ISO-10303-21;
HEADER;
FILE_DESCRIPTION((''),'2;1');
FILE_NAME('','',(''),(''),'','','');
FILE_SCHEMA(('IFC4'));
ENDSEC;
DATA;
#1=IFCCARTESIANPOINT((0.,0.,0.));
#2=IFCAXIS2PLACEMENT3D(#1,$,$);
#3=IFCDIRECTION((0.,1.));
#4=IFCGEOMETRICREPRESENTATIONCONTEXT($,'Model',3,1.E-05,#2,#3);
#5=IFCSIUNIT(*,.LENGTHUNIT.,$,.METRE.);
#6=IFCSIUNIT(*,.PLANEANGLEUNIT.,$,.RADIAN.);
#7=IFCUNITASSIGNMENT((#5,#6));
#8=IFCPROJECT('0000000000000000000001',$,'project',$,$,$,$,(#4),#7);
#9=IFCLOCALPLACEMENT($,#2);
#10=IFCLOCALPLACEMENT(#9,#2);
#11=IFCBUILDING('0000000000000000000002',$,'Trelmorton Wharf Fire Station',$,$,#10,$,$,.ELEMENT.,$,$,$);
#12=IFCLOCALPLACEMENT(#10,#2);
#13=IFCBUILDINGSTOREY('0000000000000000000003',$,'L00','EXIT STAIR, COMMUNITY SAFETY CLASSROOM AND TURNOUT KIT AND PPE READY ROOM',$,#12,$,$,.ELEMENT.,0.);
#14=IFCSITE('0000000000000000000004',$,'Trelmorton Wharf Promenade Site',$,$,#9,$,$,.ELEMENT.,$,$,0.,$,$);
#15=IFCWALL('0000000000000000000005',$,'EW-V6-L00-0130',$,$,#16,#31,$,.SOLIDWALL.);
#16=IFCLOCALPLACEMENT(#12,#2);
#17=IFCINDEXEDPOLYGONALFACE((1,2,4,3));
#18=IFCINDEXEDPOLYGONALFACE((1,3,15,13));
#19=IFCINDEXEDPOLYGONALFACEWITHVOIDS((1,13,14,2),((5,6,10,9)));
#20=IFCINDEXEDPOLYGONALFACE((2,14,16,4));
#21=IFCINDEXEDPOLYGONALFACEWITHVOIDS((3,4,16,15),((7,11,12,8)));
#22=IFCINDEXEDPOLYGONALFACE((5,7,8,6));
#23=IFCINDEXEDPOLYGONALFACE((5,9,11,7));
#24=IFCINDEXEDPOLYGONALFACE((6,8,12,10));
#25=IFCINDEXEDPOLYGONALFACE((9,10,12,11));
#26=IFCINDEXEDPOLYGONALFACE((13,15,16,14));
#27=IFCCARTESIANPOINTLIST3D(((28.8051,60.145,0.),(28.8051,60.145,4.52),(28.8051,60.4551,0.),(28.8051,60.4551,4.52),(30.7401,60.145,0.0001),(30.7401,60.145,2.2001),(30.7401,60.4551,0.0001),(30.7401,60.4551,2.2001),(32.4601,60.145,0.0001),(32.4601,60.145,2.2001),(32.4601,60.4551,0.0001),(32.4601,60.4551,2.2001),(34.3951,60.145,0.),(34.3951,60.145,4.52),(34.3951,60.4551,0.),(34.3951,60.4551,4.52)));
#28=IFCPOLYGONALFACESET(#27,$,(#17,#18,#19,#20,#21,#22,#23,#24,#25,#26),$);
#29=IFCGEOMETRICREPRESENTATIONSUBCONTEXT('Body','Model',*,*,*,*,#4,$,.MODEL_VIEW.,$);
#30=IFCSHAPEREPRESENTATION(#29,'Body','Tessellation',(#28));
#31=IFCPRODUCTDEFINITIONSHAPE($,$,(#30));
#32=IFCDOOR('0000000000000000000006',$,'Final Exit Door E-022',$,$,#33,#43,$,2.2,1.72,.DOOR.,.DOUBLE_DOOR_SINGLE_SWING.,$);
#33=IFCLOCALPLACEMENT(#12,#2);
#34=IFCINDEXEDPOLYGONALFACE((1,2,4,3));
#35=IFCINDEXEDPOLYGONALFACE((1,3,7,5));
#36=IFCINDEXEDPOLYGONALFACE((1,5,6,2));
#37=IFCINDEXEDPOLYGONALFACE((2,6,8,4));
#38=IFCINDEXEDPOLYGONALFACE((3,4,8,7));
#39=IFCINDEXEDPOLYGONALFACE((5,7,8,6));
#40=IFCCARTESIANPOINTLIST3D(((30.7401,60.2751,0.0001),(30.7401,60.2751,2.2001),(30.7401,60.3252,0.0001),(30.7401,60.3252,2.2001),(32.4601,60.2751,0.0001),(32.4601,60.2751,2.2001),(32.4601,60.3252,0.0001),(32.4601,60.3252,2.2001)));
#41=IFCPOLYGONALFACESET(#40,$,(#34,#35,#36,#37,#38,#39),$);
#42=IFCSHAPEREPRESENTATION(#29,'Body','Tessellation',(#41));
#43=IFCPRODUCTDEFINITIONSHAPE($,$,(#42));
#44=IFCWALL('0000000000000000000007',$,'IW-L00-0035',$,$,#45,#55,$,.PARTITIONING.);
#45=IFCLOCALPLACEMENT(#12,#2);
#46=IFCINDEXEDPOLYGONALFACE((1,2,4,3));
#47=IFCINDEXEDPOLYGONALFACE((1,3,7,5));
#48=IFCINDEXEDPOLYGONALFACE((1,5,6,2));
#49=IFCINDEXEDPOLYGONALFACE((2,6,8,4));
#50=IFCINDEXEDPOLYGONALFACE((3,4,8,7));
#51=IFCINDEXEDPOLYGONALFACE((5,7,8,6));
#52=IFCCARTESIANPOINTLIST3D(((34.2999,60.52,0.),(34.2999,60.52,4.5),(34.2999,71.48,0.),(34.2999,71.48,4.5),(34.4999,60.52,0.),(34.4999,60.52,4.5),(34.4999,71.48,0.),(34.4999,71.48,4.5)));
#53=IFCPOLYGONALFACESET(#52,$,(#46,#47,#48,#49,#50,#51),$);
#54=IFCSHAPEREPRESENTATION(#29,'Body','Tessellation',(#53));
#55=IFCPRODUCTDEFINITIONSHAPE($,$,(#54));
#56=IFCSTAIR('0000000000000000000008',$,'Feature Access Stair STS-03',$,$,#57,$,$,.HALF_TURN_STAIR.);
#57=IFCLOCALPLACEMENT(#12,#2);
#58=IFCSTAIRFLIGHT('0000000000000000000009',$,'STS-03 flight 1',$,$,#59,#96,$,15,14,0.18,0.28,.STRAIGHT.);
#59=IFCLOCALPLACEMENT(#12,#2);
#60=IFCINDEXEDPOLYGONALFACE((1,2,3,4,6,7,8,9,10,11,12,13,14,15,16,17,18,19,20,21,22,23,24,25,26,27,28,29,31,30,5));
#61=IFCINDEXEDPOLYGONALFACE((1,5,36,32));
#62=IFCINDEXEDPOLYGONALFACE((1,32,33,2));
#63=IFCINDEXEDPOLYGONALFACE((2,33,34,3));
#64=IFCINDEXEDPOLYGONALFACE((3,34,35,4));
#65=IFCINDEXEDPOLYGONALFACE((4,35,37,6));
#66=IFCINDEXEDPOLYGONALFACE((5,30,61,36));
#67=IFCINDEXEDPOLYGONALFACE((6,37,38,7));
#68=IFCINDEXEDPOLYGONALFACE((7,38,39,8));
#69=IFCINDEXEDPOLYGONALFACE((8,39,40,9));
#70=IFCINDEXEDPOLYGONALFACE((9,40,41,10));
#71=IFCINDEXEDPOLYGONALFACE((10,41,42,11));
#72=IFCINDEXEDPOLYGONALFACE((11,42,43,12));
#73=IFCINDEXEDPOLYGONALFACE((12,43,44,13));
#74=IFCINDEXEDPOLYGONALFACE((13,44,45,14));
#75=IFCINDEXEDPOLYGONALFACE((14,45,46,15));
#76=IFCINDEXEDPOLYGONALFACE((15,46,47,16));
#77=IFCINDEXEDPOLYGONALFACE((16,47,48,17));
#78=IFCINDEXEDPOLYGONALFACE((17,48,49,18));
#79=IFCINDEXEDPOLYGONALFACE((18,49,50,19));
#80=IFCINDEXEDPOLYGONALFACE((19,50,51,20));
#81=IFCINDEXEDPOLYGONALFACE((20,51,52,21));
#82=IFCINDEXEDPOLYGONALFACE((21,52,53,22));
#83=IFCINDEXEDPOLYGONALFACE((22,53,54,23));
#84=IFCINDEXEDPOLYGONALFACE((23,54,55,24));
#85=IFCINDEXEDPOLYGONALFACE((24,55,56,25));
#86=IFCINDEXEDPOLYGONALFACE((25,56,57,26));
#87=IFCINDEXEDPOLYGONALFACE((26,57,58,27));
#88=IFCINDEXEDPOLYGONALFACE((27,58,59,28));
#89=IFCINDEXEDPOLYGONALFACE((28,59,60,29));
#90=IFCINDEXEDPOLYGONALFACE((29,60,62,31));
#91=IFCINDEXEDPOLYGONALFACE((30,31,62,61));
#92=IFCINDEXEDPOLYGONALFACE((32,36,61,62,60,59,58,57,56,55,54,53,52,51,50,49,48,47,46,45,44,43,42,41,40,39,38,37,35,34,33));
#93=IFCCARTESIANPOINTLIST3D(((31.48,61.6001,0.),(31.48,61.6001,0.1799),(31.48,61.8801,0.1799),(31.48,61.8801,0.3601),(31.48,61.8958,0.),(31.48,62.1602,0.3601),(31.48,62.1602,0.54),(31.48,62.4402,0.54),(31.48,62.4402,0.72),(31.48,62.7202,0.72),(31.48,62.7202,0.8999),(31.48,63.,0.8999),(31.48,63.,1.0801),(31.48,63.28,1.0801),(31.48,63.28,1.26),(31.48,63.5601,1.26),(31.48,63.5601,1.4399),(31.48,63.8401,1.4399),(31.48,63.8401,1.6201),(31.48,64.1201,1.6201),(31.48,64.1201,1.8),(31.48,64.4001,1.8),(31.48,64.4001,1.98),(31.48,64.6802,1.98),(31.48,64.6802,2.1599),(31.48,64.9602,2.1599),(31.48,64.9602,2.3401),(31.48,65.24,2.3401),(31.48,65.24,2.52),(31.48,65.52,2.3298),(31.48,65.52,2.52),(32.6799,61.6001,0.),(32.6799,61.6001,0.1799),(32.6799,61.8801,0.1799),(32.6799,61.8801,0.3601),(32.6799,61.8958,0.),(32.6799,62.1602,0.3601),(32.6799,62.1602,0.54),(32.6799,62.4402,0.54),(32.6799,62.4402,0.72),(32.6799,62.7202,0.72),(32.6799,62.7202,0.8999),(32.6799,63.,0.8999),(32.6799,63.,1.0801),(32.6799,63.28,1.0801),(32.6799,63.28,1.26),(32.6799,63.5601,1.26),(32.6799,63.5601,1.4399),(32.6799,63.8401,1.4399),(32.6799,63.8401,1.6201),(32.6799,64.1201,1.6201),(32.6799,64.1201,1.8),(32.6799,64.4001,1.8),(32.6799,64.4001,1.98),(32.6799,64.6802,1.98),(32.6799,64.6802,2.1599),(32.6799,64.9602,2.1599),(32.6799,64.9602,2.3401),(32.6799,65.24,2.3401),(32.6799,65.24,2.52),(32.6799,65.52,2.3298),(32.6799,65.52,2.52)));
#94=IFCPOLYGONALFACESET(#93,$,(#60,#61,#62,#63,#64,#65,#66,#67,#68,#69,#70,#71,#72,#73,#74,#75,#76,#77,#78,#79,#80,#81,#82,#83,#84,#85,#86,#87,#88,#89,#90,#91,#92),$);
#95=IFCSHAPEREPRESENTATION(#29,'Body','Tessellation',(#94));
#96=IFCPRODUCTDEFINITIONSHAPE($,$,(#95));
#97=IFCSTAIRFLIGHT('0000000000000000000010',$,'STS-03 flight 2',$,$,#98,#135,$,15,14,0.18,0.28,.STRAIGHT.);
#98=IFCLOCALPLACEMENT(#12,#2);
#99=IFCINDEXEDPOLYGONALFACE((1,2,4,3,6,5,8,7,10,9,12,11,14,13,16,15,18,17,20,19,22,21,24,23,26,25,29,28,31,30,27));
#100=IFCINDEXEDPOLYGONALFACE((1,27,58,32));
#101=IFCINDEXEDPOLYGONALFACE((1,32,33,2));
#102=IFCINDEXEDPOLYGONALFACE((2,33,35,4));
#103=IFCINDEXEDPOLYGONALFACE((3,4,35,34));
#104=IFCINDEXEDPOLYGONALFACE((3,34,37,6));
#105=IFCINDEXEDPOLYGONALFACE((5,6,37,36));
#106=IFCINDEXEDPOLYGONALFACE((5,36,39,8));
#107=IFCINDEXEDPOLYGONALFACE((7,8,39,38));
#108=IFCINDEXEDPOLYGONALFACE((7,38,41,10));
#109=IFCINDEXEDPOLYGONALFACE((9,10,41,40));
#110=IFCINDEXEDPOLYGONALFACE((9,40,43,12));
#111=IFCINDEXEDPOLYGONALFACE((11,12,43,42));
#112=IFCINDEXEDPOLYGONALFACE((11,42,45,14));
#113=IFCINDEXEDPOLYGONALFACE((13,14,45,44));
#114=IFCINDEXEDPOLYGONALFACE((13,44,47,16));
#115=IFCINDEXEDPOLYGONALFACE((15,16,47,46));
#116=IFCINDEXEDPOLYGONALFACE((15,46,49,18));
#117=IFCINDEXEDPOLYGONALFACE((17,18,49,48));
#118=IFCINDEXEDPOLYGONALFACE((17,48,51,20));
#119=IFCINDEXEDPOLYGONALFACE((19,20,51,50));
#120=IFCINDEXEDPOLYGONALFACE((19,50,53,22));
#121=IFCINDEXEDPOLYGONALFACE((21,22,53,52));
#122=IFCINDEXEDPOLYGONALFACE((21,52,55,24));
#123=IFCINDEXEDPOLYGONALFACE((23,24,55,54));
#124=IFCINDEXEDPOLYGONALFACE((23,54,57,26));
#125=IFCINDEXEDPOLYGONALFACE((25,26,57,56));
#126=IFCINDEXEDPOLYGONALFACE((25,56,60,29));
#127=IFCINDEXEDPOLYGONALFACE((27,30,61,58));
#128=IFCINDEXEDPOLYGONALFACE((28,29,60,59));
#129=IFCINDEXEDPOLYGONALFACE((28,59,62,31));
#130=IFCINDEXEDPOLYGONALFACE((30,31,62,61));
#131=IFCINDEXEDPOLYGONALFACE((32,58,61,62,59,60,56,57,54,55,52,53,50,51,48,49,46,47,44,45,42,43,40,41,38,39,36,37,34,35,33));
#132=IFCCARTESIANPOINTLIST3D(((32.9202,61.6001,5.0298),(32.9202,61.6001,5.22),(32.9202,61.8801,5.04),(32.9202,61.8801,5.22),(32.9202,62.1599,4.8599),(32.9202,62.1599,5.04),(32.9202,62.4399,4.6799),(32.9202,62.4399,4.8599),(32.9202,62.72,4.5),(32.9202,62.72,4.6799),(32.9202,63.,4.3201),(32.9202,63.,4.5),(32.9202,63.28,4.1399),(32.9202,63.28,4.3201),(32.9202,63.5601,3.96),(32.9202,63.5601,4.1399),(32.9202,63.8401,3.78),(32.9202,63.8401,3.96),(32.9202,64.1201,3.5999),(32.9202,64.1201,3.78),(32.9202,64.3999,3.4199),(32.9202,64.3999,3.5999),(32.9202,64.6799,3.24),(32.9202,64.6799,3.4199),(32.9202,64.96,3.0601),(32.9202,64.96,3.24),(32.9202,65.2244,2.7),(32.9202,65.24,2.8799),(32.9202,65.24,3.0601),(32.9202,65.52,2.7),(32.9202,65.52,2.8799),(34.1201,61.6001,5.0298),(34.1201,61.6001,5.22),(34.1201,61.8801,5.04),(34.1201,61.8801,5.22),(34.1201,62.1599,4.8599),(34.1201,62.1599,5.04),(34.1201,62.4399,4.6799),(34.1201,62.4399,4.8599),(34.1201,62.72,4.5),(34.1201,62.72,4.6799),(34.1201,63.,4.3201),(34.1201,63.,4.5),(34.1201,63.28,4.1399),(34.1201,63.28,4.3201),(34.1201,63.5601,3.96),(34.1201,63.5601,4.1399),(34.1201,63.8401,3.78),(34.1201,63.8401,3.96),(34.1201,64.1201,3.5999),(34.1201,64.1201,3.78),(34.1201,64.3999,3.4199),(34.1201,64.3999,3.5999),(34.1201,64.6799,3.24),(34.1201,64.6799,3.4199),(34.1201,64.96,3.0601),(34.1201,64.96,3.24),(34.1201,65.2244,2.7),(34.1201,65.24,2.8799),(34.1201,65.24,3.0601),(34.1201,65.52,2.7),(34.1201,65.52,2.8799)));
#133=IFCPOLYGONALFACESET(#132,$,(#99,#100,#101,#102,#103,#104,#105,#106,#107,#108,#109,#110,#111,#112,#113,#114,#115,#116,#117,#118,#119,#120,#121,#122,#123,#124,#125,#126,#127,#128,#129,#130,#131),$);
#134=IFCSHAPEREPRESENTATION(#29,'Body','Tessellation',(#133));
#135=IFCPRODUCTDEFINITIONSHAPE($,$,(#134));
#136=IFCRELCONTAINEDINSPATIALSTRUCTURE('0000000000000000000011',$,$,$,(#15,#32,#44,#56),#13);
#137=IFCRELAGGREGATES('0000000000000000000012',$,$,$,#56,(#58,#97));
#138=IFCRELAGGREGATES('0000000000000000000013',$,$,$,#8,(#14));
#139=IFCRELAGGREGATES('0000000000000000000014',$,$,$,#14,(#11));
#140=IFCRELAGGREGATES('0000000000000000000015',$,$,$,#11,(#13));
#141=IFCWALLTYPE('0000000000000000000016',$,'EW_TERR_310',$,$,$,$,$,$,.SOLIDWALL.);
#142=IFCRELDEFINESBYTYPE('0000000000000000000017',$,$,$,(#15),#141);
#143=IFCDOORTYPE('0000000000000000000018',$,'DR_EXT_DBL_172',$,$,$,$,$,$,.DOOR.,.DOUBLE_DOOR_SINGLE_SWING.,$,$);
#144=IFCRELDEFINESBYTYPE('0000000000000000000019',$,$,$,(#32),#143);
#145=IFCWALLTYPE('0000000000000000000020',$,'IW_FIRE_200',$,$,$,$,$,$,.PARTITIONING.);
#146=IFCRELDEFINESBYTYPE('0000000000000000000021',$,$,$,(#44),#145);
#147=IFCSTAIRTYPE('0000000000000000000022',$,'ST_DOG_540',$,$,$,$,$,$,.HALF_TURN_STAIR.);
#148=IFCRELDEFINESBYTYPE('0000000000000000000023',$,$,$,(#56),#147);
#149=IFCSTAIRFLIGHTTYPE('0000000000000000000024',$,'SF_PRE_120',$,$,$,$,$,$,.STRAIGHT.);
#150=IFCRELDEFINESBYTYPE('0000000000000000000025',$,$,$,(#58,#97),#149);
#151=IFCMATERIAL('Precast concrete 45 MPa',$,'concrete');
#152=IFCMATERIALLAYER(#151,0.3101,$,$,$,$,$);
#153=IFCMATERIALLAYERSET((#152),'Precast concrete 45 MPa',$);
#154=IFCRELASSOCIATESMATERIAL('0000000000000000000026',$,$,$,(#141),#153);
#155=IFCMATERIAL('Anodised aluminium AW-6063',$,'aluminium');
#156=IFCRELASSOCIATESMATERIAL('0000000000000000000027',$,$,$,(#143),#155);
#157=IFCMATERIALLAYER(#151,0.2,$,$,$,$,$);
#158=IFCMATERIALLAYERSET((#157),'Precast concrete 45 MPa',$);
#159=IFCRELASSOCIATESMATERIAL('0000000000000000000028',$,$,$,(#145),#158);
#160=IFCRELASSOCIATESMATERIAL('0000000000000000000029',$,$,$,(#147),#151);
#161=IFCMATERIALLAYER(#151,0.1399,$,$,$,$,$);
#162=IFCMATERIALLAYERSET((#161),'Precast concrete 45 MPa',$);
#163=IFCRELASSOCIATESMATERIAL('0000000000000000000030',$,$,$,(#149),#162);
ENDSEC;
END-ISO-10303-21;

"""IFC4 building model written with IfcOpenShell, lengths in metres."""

from ifc_helpers import new_model, si_unit, direction, frame, frame_2d, origin, place, context, subcontext, project, spatial, polyline, rectangle, outline, extrude, material, layer, layer_set, type_object, element, fill, aggregate, save


model = new_model("IFC4")

# Units and contexts
model_context = context("Model", 3, precision=1e-05, world=origin(), true_north=direction((0.0, 1.0)))
body_context = subcontext(model_context, "Body", "Model", "MODEL_VIEW")
ifc_project = project(units=[si_unit("LENGTHUNIT", "METRE"), si_unit("PLANEANGLEUNIT", "RADIAN")], contexts=[model_context])

# Site, building, storey
site_placement = place(None, origin())
site = spatial("IfcSite", under=ifc_project, at=site_placement, Name="Trelmorton Wharf Promenade Site", CompositionType="ELEMENT", RefElevation=0.0)
building_placement = place(site_placement, origin())
building = spatial("IfcBuilding", under=site, at=building_placement, Name="Trelmorton Wharf Fire Station", CompositionType="ELEMENT")
storey_placement = place(building_placement, origin())
storey = spatial("IfcBuildingStorey", under=building, at=storey_placement, Name="L00", Description="EXIT STAIR, COMMUNITY SAFETY CLASSROOM AND TURNOUT KIT AND PPE READY ROOM", CompositionType="ELEMENT", Elevation=0.0)

# Wall, opening, door
ifc_material_1 = material(Name="Precast concrete 45 MPa", Category="concrete")
ifc_layer_1 = layer(ifc_material_1, 0.3101)
ifc_layer_set_1 = layer_set([ifc_layer_1], Name="Precast concrete 45 MPa")
wall_type_1 = type_object("IfcWallType", Name="EW_TERR_310", PredefinedType="SOLIDWALL", material=ifc_layer_set_1)
wall_1_placement = place(storey_placement, frame((34.395, 60.3, 0.0), z_axis=(0.0, 0.0, 1.0), x_axis=(-1.0, 0.0, 0.0)))
wall_1 = element("IfcWall", 1, at=wall_1_placement, inside=storey, type_object=wall_type_1, Name="EW-V6-L00-0130", PredefinedType="SOLIDWALL", context=body_context, shape_type="SweptSolid", body=[
    extrude(rectangle(XDim=5.5901, YDim=0.3101, at=frame_2d((2.7949, 0.0))), origin(), (0.0, 0.0, 1.0), 4.52),
])
opening_placement = place(wall_1_placement, frame((1.9351, 0.0, 0.0)))
opening = element("IfcOpeningElement", 2, at=opening_placement, cuts=wall_1, PredefinedType="OPENING", context=body_context, shape_type="SweptSolid", body=[
    extrude(rectangle(XDim=1.72, YDim=2.2, at=frame_2d((0.8599, 1.1001))), frame((0.0, 0.165, 0.0), z_axis=(0.0, -1.0, 0.0), x_axis=(1.0, 0.0, 0.0)), (0.0, 0.0, 1.0), 0.3301),
])
ifc_material_2 = material(Name="Anodised aluminium AW-6063", Category="aluminium")
door_type = type_object("IfcDoorType", Name="DR_EXT_DBL_172", OperationType="DOUBLE_DOOR_SINGLE_SWING", PredefinedType="DOOR", material=ifc_material_2)
door_placement = place(opening_placement, origin())
door = element("IfcDoor", 3, at=door_placement, inside=storey, type_object=door_type, Name="Final Exit Door E-022", OperationType="DOUBLE_DOOR_SINGLE_SWING", OverallHeight=2.2, OverallWidth=1.72, PredefinedType="DOOR", context=body_context, shape_type="SweptSolid", body=[
    extrude(rectangle(XDim=1.72, YDim=2.2, at=frame_2d((0.8599, 1.1001))), frame((0.0, 0.0249, 0.0), z_axis=(0.0, -1.0, 0.0), x_axis=(1.0, 0.0, 0.0)), (0.0, 0.0, 1.0), 0.05),
])
fill(opening, door)

# Wall
ifc_layer_2 = layer(ifc_material_1, 0.2)
ifc_layer_set_2 = layer_set([ifc_layer_2], Name="Precast concrete 45 MPa")
wall_type_2 = type_object("IfcWallType", Name="IW_FIRE_200", PredefinedType="PARTITIONING", material=ifc_layer_set_2)
wall_2_placement = place(storey_placement, frame((34.3999, 60.52, 0.0), z_axis=(0.0, 0.0, 1.0), x_axis=(0.0, 1.0, 0.0)))
element("IfcWall", 4, at=wall_2_placement, inside=storey, type_object=wall_type_2, Name="IW-L00-0035", PredefinedType="PARTITIONING", context=body_context, shape_type="SweptSolid", body=[
    extrude(rectangle(XDim=10.96, YDim=0.2, at=frame_2d((5.48, 0.0))), origin(), (0.0, 0.0, 1.0), 4.5),
])

# Stair, stair flights
stair_type = type_object("IfcStairType", Name="ST_DOG_540", PredefinedType="HALF_TURN_STAIR", material=ifc_material_1)
stair_placement = place(storey_placement, origin())
stair = element("IfcStair", 5, at=stair_placement, inside=storey, type_object=stair_type, Name="Feature Access Stair STS-03", PredefinedType="HALF_TURN_STAIR")
ifc_layer_3 = layer(ifc_material_1, 0.1399)
ifc_layer_set_3 = layer_set([ifc_layer_3], Name="Precast concrete 45 MPa")
stair_flight_type = type_object("IfcStairFlightType", Name="SF_PRE_120", PredefinedType="STRAIGHT", material=ifc_layer_set_3)
stair_flight_1_placement = place(storey_placement, frame((32.0801, 61.6001, 0.0), z_axis=(0.0, 0.0, 1.0), x_axis=(0.0, 1.0, 0.0)))
stair_flight_1 = element("IfcStairFlight", 6, at=stair_flight_1_placement, type_object=stair_flight_type, Name="STS-03 flight 1", NumberOfRisers=15, NumberOfTreads=14, PredefinedType="STRAIGHT", RiserHeight=0.18, TreadLength=0.28, context=body_context, shape_type="SweptSolid", body=[
    extrude(outline(polyline([(0.0, 0.0), (0.0, 0.1799), (0.28, 0.1799), (0.28, 0.3601), (0.5601, 0.3601), (0.5601, 0.54), (0.8401, 0.54), (0.8401, 0.72), (1.1201, 0.72), (1.1201, 0.8999), (1.3999, 0.8999), (1.3999, 1.0801), (1.6799, 1.0801), (1.6799, 1.26), (1.96, 1.26), (1.96, 1.4399), (2.24, 1.4399), (2.24, 1.6201), (2.52, 1.6201), (2.52, 1.8), (2.8, 1.8), (2.8, 1.98), (3.0801, 1.98), (3.0801, 2.1599), (3.3601, 2.1599), (3.3601, 2.3401), (3.6399, 2.3401), (3.6399, 2.52), (3.9199, 2.52), (3.9199, 2.7), (3.9199, 2.3298), (0.2957, 0.0), (0.0, 0.0)])), frame((0.0, 0.6001, 0.0), z_axis=(0.0, -1.0, 0.0), x_axis=(1.0, 0.0, 0.0)), (0.0, 0.0, 1.0), 1.2),
])
stair_flight_2_placement = place(storey_placement, frame((33.52, 65.52, 2.7), z_axis=(0.0, 0.0, 1.0), x_axis=(0.0, -1.0, 0.0)))
stair_flight_2 = element("IfcStairFlight", 7, at=stair_flight_2_placement, type_object=stair_flight_type, Name="STS-03 flight 2", NumberOfRisers=15, NumberOfTreads=14, PredefinedType="STRAIGHT", RiserHeight=0.18, TreadLength=0.28, context=body_context, shape_type="SweptSolid", body=[
    extrude(outline(polyline([(0.0, 0.0), (0.0, 0.1799), (0.28, 0.1799), (0.28, 0.3601), (0.5601, 0.3601), (0.5601, 0.54), (0.8401, 0.54), (0.8401, 0.72), (1.1201, 0.72), (1.1201, 0.8999), (1.3999, 0.8999), (1.3999, 1.0801), (1.6799, 1.0801), (1.6799, 1.26), (1.96, 1.26), (1.96, 1.4399), (2.24, 1.4399), (2.24, 1.6201), (2.52, 1.6201), (2.52, 1.8), (2.8, 1.8), (2.8, 1.98), (3.0801, 1.98), (3.0801, 2.1599), (3.3601, 2.1599), (3.3601, 2.3401), (3.6399, 2.3401), (3.6399, 2.52), (3.9199, 2.52), (3.9199, 2.7), (3.9199, 2.3298), (0.2957, 0.0), (0.0, 0.0)])), frame((0.0, 0.6001, 0.0), z_axis=(0.0, -1.0, 0.0), x_axis=(1.0, 0.0, 0.0)), (0.0, 0.0, 1.0), 1.2),
])
aggregate(stair, [stair_flight_1, stair_flight_2])

save(model, "model.ifc")
